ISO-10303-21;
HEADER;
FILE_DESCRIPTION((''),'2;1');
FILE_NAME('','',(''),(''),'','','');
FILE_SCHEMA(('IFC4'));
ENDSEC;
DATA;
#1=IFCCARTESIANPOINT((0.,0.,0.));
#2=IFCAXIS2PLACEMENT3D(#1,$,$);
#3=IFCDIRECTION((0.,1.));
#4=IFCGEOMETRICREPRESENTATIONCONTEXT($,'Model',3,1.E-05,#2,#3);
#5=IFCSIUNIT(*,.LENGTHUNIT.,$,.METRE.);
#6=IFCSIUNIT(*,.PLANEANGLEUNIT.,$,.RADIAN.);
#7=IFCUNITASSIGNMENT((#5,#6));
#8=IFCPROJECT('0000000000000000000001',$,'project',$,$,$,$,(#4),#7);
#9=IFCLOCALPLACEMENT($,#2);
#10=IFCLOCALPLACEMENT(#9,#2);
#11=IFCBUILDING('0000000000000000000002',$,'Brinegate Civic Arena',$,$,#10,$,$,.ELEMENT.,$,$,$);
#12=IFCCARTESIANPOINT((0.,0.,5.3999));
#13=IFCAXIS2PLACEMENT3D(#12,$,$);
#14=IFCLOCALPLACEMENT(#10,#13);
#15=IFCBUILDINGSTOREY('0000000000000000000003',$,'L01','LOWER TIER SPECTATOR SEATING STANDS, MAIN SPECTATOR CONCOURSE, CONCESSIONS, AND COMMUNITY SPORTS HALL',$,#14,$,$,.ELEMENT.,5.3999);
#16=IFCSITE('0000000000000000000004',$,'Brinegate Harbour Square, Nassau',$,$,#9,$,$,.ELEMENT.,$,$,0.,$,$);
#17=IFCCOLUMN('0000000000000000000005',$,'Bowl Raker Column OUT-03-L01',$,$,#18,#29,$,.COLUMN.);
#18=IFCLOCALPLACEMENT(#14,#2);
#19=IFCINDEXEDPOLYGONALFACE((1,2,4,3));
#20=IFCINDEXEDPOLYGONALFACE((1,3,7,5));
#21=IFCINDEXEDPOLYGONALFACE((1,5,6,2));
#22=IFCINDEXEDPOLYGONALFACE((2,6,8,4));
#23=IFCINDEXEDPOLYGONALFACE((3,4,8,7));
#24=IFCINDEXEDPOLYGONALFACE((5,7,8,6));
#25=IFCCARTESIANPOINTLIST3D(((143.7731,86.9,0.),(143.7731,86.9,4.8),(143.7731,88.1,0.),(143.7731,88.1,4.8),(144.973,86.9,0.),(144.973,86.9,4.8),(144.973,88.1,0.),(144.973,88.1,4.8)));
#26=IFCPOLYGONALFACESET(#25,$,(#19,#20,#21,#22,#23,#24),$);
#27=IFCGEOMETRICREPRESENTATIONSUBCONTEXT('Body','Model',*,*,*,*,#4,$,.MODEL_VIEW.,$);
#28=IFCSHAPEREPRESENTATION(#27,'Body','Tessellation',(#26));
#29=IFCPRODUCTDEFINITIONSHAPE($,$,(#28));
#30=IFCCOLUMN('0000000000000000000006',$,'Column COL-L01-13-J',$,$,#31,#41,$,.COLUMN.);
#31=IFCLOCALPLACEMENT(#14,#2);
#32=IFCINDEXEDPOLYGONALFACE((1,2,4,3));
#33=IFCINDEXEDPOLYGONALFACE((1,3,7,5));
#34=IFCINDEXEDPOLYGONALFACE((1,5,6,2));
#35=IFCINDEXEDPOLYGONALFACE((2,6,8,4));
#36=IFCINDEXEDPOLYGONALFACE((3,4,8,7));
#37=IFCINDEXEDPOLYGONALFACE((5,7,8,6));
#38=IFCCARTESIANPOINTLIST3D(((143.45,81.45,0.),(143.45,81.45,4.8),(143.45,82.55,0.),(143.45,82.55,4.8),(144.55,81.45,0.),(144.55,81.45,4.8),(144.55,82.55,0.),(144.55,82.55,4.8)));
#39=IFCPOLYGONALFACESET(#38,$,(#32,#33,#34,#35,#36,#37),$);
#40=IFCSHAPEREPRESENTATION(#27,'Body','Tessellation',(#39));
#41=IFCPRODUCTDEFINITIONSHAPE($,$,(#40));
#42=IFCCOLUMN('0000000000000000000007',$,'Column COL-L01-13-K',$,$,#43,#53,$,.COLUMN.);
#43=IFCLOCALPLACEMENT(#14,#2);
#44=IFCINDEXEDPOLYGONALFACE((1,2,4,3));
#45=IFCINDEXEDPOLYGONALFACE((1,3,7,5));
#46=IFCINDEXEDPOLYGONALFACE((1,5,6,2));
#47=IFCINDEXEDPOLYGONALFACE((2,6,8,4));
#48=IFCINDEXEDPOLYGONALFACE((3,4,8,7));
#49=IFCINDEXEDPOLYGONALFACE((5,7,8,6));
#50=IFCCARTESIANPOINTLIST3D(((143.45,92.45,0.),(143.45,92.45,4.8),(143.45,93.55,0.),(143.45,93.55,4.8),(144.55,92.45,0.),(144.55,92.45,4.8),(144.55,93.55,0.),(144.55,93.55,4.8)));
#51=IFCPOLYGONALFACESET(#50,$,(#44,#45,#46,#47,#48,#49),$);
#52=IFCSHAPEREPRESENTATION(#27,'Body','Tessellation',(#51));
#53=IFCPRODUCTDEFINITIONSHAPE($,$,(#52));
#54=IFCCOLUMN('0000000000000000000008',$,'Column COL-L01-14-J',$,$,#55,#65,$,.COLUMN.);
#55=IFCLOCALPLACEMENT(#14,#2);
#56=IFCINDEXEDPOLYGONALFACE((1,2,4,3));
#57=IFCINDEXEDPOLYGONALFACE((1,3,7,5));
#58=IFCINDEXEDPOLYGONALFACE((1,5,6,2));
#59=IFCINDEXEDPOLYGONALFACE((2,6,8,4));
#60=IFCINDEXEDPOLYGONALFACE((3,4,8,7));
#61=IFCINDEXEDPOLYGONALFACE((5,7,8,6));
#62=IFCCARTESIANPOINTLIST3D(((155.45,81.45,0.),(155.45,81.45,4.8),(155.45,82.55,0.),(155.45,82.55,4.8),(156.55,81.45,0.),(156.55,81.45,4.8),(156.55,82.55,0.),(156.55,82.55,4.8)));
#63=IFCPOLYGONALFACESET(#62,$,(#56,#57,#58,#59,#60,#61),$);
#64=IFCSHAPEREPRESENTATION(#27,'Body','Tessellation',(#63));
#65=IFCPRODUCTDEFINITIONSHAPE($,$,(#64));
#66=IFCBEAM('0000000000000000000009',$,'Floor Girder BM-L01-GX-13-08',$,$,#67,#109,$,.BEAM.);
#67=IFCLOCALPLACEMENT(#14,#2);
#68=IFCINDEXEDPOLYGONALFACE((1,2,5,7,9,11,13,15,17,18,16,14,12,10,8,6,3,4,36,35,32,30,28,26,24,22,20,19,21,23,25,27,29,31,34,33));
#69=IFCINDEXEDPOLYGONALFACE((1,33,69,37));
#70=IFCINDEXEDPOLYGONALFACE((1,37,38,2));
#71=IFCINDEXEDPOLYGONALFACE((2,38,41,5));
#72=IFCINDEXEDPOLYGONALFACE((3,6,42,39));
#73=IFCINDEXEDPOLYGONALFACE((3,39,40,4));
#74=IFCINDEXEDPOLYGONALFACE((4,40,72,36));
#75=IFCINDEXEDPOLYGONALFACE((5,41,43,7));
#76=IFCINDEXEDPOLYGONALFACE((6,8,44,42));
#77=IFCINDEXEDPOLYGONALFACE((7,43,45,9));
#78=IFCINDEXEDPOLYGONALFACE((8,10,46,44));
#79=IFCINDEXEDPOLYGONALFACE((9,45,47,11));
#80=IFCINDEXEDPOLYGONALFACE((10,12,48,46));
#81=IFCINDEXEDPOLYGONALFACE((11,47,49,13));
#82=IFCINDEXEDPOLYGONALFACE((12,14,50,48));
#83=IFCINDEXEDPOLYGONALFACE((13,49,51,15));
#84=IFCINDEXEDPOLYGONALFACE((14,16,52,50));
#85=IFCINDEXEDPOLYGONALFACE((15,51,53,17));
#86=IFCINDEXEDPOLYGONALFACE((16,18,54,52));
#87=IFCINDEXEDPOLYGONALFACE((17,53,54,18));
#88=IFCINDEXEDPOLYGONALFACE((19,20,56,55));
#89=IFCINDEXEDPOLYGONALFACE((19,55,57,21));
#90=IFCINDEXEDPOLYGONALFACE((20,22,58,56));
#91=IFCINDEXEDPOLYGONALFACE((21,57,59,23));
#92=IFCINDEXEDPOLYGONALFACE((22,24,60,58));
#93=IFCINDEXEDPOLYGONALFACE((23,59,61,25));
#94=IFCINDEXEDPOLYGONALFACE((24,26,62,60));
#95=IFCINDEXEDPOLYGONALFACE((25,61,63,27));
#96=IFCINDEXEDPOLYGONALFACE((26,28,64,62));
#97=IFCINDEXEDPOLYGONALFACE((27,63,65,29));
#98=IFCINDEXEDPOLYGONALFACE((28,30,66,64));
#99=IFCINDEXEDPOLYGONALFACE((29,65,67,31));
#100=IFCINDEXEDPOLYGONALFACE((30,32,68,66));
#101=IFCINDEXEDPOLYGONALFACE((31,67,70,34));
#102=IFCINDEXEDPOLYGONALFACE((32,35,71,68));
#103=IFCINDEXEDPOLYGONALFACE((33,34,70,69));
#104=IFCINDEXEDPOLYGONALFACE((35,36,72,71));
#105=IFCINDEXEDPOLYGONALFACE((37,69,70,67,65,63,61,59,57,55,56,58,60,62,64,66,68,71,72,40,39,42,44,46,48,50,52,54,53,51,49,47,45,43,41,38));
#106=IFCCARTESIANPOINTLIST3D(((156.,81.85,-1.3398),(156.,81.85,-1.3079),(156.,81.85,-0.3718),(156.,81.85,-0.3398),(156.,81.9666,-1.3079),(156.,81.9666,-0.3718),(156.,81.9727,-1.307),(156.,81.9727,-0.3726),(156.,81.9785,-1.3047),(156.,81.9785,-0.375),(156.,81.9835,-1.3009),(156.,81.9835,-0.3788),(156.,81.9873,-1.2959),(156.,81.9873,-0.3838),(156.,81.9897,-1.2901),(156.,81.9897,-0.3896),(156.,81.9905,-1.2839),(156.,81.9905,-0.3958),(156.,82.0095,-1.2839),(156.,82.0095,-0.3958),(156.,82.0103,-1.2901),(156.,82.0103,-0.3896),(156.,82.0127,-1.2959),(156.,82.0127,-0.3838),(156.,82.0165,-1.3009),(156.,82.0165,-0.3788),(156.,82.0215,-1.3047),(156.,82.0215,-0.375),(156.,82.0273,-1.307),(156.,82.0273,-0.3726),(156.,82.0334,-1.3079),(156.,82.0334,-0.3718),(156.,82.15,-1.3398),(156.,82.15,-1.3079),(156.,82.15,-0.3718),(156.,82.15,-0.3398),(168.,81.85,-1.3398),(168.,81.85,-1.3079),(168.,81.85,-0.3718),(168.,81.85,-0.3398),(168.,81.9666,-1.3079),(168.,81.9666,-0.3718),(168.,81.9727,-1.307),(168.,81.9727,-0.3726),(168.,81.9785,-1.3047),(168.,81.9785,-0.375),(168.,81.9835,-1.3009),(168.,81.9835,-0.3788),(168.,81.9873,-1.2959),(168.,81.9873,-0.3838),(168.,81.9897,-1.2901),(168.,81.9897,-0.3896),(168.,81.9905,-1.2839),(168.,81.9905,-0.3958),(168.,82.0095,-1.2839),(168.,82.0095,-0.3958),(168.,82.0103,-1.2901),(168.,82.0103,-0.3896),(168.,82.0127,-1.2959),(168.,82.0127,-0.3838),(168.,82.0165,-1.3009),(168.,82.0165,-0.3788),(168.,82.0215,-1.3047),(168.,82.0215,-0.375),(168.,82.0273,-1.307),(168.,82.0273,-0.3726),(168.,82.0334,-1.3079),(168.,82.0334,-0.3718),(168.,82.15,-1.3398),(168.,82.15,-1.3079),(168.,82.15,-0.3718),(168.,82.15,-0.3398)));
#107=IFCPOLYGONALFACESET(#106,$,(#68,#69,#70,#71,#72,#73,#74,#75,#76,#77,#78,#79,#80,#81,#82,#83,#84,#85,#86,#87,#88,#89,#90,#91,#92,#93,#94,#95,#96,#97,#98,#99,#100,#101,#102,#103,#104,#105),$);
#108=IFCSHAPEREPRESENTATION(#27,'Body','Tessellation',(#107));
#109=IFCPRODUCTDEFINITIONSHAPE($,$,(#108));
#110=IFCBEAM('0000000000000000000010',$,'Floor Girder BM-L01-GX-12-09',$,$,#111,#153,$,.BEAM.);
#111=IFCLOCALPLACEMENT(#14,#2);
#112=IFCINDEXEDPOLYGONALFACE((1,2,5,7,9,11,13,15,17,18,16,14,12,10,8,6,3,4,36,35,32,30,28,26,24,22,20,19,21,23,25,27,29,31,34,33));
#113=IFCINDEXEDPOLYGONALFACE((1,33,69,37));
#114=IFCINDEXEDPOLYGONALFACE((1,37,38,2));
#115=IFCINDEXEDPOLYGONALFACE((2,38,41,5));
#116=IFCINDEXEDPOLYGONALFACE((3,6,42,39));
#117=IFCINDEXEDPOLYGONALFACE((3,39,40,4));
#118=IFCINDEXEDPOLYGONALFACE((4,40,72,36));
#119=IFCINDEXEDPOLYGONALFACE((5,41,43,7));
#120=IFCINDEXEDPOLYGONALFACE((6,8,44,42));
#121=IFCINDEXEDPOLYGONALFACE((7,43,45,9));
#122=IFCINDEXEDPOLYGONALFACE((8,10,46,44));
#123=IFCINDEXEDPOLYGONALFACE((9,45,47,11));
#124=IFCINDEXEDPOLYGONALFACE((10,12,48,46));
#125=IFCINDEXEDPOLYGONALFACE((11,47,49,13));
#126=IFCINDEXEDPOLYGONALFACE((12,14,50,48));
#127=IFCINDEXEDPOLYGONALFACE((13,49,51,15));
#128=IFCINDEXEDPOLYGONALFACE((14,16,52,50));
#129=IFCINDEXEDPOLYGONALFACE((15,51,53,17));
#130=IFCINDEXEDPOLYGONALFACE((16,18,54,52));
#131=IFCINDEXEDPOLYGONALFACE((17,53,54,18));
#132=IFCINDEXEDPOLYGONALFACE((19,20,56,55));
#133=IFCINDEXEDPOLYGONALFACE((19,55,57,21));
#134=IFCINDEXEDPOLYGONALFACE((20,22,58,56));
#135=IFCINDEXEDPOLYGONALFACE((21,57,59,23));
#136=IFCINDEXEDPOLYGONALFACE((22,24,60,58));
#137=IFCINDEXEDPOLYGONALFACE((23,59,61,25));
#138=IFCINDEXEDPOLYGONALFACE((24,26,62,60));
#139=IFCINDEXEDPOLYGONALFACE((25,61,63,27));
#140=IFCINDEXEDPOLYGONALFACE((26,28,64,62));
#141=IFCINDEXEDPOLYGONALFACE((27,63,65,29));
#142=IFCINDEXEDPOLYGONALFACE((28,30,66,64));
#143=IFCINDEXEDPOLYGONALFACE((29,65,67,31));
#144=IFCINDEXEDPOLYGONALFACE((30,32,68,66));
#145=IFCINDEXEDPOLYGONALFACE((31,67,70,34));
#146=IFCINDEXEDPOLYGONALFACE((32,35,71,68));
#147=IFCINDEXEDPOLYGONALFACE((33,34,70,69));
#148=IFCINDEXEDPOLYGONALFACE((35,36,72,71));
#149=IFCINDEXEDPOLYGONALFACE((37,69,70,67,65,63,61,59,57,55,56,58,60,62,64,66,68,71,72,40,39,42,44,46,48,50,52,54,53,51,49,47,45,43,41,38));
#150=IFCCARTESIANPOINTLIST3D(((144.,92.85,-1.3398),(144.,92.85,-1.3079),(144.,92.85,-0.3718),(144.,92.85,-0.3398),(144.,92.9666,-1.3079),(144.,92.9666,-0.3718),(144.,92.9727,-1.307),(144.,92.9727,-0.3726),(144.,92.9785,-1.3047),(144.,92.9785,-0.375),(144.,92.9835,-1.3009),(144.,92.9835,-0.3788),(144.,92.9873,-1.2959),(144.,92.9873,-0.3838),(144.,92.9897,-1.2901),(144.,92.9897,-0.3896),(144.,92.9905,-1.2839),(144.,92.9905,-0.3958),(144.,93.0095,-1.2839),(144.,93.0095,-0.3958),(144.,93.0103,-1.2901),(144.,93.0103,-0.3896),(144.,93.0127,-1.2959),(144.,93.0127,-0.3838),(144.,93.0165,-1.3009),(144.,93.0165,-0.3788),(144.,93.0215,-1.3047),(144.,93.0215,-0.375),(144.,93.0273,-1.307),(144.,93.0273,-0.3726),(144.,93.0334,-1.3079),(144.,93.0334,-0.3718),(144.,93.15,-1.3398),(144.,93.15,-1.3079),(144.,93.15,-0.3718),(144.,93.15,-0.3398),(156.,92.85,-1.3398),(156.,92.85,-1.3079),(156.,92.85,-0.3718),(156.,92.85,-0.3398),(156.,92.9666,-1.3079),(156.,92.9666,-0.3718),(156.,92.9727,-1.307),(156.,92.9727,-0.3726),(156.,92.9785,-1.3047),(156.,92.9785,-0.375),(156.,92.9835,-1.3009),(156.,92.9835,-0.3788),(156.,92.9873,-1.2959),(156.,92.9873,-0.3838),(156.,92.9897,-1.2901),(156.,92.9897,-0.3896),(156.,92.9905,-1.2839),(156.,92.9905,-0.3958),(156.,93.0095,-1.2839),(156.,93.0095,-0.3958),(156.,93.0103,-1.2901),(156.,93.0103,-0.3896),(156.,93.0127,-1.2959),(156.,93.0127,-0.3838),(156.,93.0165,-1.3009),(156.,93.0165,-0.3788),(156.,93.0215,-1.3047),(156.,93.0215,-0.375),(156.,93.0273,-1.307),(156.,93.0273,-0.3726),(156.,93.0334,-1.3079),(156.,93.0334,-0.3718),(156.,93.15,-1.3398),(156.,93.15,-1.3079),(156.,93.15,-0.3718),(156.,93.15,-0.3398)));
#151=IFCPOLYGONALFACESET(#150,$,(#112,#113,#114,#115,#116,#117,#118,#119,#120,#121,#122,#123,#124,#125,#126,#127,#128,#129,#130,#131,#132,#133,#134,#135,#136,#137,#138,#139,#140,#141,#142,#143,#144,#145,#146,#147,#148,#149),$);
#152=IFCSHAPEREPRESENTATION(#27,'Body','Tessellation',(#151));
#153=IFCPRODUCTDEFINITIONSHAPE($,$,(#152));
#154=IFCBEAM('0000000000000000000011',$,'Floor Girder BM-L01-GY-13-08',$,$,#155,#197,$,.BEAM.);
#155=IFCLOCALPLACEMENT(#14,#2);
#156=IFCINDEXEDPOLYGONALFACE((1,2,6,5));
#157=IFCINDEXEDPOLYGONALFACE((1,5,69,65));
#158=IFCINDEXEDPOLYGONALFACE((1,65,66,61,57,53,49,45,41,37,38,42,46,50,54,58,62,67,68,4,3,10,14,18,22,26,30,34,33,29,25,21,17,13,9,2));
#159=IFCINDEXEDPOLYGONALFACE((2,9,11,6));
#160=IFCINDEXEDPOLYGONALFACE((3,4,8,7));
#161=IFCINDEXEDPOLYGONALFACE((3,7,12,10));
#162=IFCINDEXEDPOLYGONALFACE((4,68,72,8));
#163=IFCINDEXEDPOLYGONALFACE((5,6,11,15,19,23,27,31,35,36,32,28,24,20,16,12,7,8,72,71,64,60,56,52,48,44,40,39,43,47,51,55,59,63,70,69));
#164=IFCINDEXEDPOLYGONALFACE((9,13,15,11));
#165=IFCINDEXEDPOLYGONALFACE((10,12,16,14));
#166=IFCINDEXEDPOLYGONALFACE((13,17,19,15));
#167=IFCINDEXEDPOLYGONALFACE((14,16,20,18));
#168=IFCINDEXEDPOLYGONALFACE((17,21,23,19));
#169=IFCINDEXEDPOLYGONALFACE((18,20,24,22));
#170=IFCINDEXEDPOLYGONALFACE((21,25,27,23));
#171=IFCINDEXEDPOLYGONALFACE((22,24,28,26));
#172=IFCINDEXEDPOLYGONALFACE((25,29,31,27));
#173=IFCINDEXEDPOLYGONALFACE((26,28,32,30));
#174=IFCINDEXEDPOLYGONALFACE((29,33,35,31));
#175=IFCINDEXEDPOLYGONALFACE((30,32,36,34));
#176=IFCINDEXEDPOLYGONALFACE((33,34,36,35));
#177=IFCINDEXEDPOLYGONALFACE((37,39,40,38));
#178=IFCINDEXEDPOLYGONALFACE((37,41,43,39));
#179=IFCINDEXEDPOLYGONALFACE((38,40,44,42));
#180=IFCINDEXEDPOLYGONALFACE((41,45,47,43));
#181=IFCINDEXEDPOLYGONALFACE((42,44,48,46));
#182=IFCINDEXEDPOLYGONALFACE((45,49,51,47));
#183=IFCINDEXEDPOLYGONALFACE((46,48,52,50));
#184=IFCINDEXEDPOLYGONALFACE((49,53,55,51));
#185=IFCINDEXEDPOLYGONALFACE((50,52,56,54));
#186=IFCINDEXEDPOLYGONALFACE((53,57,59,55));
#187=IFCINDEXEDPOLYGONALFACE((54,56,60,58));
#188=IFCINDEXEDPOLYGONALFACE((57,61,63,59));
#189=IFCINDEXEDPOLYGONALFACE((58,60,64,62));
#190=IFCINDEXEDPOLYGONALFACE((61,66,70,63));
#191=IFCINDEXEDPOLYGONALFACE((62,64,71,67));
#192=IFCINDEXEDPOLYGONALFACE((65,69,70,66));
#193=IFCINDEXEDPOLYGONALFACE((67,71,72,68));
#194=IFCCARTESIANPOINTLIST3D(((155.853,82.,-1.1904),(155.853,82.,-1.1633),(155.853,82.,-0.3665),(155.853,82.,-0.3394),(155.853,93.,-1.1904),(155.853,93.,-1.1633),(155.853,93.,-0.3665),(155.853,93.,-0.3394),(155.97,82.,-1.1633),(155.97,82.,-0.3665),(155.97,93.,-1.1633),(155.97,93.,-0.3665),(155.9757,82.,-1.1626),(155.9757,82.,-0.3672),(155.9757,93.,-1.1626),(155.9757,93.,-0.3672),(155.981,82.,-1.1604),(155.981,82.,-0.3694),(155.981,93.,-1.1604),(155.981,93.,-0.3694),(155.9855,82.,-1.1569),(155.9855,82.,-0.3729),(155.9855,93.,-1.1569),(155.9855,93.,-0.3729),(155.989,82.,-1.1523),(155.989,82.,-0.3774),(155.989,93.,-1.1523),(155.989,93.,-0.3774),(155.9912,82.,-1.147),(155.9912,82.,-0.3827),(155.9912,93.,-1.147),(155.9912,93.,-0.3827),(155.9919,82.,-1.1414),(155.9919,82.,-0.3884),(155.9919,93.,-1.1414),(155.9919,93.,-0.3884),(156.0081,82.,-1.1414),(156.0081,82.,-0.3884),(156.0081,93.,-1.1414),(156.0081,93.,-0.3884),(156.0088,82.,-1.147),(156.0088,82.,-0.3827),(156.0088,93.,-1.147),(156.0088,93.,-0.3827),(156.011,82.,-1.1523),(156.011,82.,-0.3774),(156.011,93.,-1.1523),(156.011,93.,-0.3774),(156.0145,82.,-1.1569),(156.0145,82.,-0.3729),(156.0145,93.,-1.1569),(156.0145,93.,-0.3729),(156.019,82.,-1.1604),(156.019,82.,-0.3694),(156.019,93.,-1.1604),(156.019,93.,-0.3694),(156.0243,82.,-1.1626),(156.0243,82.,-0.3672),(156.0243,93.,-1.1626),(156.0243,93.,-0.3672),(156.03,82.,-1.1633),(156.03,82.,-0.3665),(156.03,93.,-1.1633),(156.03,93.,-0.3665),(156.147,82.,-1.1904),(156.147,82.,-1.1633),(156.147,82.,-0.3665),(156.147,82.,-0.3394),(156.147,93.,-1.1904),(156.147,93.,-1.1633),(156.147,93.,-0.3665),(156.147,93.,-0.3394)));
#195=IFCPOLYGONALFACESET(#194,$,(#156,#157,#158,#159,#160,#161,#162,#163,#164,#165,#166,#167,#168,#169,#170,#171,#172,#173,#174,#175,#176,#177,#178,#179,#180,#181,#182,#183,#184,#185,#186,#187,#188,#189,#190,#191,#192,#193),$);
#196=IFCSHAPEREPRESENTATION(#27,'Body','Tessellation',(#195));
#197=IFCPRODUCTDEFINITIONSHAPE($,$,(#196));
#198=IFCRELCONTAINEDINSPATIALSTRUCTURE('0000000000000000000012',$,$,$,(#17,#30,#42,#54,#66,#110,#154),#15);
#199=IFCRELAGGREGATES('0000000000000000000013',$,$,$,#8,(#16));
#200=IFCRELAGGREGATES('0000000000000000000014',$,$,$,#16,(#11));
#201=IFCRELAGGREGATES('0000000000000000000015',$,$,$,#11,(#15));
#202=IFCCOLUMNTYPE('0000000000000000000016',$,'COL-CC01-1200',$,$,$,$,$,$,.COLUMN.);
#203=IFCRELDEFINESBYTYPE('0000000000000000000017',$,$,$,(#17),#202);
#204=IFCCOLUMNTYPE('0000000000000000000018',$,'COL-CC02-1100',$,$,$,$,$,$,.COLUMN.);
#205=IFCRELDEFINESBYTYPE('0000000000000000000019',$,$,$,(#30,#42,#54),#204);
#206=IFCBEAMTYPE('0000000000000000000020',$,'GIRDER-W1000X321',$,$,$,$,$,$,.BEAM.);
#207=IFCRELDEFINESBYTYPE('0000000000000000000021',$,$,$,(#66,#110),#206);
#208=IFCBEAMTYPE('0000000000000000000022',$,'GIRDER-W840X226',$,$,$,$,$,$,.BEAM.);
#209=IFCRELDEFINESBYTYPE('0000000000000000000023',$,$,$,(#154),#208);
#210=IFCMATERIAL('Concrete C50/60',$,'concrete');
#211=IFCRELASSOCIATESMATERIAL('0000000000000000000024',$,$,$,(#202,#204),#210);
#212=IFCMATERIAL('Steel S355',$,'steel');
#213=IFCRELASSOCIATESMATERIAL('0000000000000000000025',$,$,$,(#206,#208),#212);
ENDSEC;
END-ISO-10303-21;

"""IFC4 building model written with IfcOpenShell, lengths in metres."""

from ifc_helpers import new_model, si_unit, direction, frame, origin, origin_2d, place, context, subcontext, project, spatial, rectangle, i_section, extrude, material, material_profile, profile_set, type_object, element, save


model = new_model("IFC4")

# Units and contexts
model_context = context("Model", 3, precision=1e-05, world=origin(), true_north=direction((0.0, 1.0)))
body_context = subcontext(model_context, "Body", "Model", "MODEL_VIEW")
ifc_project = project(units=[si_unit("LENGTHUNIT", "METRE"), si_unit("PLANEANGLEUNIT", "RADIAN")], contexts=[model_context])

# Site, building, storey
site_placement = place(None, origin())
site = spatial("IfcSite", under=ifc_project, at=site_placement, Name="Brinegate Harbour Square, Nassau", CompositionType="ELEMENT", RefElevation=0.0)
building_placement = place(site_placement, origin())
building = spatial("IfcBuilding", under=site, at=building_placement, Name="Brinegate Civic Arena", CompositionType="ELEMENT")
storey_placement = place(building_placement, frame((0.0, 0.0, 5.3999)))
storey = spatial("IfcBuildingStorey", under=building, at=storey_placement, Name="L01", Description="LOWER TIER SPECTATOR SEATING STANDS, MAIN SPECTATOR CONCOURSE, CONCESSIONS, AND COMMUNITY SPORTS HALL", CompositionType="ELEMENT", Elevation=5.3999)

# Columns
ifc_material_1 = material(Name="Concrete C50/60", Category="concrete")
ifc_material_profile_1 = material_profile(ifc_material_1, rectangle(XDim=1.2, YDim=1.2, at=origin_2d()), Name="RC1200X1200")
ifc_profile_set_1 = profile_set([ifc_material_profile_1], Name="Concrete C50/60")
column_type_1 = type_object("IfcColumnType", Name="COL-CC01-1200", PredefinedType="COLUMN", material=ifc_profile_set_1)
column_placement = place(storey_placement, frame((144.373, 87.5, 0.0), z_axis=(0.0, 0.0, 1.0), x_axis=(1.0, 0.0, 0.0)))
element("IfcColumn", 1, at=column_placement, inside=storey, type_object=column_type_1, Name="Bowl Raker Column OUT-03-L01", PredefinedType="COLUMN", context=body_context, shape_type="SweptSolid", body=[
    extrude(rectangle(XDim=1.2, YDim=1.2, at=origin_2d()), origin(), (0.0, 0.0, 1.0), 4.8),
])
ifc_material_profile_2 = material_profile(ifc_material_1, rectangle(XDim=1.1001, YDim=1.1001, at=origin_2d()), Name="RC1100X1100")
ifc_profile_set_2 = profile_set([ifc_material_profile_2], Name="Concrete C50/60")
column_type_2 = type_object("IfcColumnType", Name="COL-CC02-1100", PredefinedType="COLUMN", material=ifc_profile_set_2)
for number, where, z_axis, x_axis, name in (
    (2, (144.0, 82.0, 0.0), (0.0, 0.0, 1.0), (1.0, 0.0, 0.0), "Column COL-L01-13-J"),
    (3, (144.0, 93.0, 0.0), (0.0, 0.0, 1.0), (1.0, 0.0, 0.0), "Column COL-L01-13-K"),
    (4, (156.0, 82.0, 0.0), (0.0, 0.0, 1.0), (1.0, 0.0, 0.0), "Column COL-L01-14-J"),
):
    element("IfcColumn", number, at=place(storey_placement, frame(where, z_axis=z_axis, x_axis=x_axis)), inside=storey, type_object=column_type_2, Name=name, PredefinedType="COLUMN", context=body_context, shape_type="SweptSolid", body=[
        extrude(rectangle(XDim=1.1001, YDim=1.1001, at=origin_2d()), origin(), (0.0, 0.0, 1.0), 4.8),
    ])

# Beams
ifc_material_2 = material(Name="Steel S355", Category="steel")
ifc_material_profile_3 = material_profile(ifc_material_2, i_section(OverallWidth=0.3, OverallDepth=1.0, WebThickness=0.019, FlangeThickness=0.032, FilletRadius=0.0239, at=origin_2d()), Name="W1000X321")
ifc_profile_set_3 = profile_set([ifc_material_profile_3], Name="Steel S355")
beam_type_1 = type_object("IfcBeamType", Name="GIRDER-W1000X321", PredefinedType="BEAM", material=ifc_profile_set_3)
for number, where, z_axis, x_axis, name in (
    (5, (156.0, 82.0, -0.8398), (1.0, 0.0, 0.0), (0.0, 1.0, 0.0), "Floor Girder BM-L01-GX-13-08"),
    (6, (144.0, 93.0, -0.8398), (1.0, 0.0, 0.0), (0.0, 1.0, 0.0), "Floor Girder BM-L01-GX-12-09"),
):
    element("IfcBeam", number, at=place(storey_placement, frame(where, z_axis=z_axis, x_axis=x_axis)), inside=storey, type_object=beam_type_1, Name=name, PredefinedType="BEAM", context=body_context, shape_type="SweptSolid", body=[
        extrude(i_section(OverallWidth=0.3, OverallDepth=1.0, WebThickness=0.019, FlangeThickness=0.032, FilletRadius=0.0239, at=origin_2d()), origin(), (0.0, 0.0, 1.0), 12.0),
    ])
ifc_material_profile_4 = material_profile(ifc_material_2, i_section(OverallWidth=0.2939, OverallDepth=0.8511, WebThickness=0.0161, FlangeThickness=0.0271, FilletRadius=0.022, at=origin_2d()), Name="W840X226")
ifc_profile_set_4 = profile_set([ifc_material_profile_4], Name="Steel S355")
beam_type_2 = type_object("IfcBeamType", Name="GIRDER-W840X226", PredefinedType="BEAM", material=ifc_profile_set_4)
beam_1_placement = place(storey_placement, frame((156.0, 82.0, -0.7649), z_axis=(0.0, 1.0, 0.0), x_axis=(-1.0, 0.0, 0.0)))
element("IfcBeam", 7, at=beam_1_placement, inside=storey, type_object=beam_type_2, Name="Floor Girder BM-L01-GY-13-08", PredefinedType="BEAM", context=body_context, shape_type="SweptSolid", body=[
    extrude(i_section(OverallWidth=0.2939, OverallDepth=0.8511, WebThickness=0.0161, FlangeThickness=0.0271, FilletRadius=0.022, at=origin_2d()), origin(), (0.0, 0.0, 1.0), 11.0),
])

save(model, "model.ifc")
